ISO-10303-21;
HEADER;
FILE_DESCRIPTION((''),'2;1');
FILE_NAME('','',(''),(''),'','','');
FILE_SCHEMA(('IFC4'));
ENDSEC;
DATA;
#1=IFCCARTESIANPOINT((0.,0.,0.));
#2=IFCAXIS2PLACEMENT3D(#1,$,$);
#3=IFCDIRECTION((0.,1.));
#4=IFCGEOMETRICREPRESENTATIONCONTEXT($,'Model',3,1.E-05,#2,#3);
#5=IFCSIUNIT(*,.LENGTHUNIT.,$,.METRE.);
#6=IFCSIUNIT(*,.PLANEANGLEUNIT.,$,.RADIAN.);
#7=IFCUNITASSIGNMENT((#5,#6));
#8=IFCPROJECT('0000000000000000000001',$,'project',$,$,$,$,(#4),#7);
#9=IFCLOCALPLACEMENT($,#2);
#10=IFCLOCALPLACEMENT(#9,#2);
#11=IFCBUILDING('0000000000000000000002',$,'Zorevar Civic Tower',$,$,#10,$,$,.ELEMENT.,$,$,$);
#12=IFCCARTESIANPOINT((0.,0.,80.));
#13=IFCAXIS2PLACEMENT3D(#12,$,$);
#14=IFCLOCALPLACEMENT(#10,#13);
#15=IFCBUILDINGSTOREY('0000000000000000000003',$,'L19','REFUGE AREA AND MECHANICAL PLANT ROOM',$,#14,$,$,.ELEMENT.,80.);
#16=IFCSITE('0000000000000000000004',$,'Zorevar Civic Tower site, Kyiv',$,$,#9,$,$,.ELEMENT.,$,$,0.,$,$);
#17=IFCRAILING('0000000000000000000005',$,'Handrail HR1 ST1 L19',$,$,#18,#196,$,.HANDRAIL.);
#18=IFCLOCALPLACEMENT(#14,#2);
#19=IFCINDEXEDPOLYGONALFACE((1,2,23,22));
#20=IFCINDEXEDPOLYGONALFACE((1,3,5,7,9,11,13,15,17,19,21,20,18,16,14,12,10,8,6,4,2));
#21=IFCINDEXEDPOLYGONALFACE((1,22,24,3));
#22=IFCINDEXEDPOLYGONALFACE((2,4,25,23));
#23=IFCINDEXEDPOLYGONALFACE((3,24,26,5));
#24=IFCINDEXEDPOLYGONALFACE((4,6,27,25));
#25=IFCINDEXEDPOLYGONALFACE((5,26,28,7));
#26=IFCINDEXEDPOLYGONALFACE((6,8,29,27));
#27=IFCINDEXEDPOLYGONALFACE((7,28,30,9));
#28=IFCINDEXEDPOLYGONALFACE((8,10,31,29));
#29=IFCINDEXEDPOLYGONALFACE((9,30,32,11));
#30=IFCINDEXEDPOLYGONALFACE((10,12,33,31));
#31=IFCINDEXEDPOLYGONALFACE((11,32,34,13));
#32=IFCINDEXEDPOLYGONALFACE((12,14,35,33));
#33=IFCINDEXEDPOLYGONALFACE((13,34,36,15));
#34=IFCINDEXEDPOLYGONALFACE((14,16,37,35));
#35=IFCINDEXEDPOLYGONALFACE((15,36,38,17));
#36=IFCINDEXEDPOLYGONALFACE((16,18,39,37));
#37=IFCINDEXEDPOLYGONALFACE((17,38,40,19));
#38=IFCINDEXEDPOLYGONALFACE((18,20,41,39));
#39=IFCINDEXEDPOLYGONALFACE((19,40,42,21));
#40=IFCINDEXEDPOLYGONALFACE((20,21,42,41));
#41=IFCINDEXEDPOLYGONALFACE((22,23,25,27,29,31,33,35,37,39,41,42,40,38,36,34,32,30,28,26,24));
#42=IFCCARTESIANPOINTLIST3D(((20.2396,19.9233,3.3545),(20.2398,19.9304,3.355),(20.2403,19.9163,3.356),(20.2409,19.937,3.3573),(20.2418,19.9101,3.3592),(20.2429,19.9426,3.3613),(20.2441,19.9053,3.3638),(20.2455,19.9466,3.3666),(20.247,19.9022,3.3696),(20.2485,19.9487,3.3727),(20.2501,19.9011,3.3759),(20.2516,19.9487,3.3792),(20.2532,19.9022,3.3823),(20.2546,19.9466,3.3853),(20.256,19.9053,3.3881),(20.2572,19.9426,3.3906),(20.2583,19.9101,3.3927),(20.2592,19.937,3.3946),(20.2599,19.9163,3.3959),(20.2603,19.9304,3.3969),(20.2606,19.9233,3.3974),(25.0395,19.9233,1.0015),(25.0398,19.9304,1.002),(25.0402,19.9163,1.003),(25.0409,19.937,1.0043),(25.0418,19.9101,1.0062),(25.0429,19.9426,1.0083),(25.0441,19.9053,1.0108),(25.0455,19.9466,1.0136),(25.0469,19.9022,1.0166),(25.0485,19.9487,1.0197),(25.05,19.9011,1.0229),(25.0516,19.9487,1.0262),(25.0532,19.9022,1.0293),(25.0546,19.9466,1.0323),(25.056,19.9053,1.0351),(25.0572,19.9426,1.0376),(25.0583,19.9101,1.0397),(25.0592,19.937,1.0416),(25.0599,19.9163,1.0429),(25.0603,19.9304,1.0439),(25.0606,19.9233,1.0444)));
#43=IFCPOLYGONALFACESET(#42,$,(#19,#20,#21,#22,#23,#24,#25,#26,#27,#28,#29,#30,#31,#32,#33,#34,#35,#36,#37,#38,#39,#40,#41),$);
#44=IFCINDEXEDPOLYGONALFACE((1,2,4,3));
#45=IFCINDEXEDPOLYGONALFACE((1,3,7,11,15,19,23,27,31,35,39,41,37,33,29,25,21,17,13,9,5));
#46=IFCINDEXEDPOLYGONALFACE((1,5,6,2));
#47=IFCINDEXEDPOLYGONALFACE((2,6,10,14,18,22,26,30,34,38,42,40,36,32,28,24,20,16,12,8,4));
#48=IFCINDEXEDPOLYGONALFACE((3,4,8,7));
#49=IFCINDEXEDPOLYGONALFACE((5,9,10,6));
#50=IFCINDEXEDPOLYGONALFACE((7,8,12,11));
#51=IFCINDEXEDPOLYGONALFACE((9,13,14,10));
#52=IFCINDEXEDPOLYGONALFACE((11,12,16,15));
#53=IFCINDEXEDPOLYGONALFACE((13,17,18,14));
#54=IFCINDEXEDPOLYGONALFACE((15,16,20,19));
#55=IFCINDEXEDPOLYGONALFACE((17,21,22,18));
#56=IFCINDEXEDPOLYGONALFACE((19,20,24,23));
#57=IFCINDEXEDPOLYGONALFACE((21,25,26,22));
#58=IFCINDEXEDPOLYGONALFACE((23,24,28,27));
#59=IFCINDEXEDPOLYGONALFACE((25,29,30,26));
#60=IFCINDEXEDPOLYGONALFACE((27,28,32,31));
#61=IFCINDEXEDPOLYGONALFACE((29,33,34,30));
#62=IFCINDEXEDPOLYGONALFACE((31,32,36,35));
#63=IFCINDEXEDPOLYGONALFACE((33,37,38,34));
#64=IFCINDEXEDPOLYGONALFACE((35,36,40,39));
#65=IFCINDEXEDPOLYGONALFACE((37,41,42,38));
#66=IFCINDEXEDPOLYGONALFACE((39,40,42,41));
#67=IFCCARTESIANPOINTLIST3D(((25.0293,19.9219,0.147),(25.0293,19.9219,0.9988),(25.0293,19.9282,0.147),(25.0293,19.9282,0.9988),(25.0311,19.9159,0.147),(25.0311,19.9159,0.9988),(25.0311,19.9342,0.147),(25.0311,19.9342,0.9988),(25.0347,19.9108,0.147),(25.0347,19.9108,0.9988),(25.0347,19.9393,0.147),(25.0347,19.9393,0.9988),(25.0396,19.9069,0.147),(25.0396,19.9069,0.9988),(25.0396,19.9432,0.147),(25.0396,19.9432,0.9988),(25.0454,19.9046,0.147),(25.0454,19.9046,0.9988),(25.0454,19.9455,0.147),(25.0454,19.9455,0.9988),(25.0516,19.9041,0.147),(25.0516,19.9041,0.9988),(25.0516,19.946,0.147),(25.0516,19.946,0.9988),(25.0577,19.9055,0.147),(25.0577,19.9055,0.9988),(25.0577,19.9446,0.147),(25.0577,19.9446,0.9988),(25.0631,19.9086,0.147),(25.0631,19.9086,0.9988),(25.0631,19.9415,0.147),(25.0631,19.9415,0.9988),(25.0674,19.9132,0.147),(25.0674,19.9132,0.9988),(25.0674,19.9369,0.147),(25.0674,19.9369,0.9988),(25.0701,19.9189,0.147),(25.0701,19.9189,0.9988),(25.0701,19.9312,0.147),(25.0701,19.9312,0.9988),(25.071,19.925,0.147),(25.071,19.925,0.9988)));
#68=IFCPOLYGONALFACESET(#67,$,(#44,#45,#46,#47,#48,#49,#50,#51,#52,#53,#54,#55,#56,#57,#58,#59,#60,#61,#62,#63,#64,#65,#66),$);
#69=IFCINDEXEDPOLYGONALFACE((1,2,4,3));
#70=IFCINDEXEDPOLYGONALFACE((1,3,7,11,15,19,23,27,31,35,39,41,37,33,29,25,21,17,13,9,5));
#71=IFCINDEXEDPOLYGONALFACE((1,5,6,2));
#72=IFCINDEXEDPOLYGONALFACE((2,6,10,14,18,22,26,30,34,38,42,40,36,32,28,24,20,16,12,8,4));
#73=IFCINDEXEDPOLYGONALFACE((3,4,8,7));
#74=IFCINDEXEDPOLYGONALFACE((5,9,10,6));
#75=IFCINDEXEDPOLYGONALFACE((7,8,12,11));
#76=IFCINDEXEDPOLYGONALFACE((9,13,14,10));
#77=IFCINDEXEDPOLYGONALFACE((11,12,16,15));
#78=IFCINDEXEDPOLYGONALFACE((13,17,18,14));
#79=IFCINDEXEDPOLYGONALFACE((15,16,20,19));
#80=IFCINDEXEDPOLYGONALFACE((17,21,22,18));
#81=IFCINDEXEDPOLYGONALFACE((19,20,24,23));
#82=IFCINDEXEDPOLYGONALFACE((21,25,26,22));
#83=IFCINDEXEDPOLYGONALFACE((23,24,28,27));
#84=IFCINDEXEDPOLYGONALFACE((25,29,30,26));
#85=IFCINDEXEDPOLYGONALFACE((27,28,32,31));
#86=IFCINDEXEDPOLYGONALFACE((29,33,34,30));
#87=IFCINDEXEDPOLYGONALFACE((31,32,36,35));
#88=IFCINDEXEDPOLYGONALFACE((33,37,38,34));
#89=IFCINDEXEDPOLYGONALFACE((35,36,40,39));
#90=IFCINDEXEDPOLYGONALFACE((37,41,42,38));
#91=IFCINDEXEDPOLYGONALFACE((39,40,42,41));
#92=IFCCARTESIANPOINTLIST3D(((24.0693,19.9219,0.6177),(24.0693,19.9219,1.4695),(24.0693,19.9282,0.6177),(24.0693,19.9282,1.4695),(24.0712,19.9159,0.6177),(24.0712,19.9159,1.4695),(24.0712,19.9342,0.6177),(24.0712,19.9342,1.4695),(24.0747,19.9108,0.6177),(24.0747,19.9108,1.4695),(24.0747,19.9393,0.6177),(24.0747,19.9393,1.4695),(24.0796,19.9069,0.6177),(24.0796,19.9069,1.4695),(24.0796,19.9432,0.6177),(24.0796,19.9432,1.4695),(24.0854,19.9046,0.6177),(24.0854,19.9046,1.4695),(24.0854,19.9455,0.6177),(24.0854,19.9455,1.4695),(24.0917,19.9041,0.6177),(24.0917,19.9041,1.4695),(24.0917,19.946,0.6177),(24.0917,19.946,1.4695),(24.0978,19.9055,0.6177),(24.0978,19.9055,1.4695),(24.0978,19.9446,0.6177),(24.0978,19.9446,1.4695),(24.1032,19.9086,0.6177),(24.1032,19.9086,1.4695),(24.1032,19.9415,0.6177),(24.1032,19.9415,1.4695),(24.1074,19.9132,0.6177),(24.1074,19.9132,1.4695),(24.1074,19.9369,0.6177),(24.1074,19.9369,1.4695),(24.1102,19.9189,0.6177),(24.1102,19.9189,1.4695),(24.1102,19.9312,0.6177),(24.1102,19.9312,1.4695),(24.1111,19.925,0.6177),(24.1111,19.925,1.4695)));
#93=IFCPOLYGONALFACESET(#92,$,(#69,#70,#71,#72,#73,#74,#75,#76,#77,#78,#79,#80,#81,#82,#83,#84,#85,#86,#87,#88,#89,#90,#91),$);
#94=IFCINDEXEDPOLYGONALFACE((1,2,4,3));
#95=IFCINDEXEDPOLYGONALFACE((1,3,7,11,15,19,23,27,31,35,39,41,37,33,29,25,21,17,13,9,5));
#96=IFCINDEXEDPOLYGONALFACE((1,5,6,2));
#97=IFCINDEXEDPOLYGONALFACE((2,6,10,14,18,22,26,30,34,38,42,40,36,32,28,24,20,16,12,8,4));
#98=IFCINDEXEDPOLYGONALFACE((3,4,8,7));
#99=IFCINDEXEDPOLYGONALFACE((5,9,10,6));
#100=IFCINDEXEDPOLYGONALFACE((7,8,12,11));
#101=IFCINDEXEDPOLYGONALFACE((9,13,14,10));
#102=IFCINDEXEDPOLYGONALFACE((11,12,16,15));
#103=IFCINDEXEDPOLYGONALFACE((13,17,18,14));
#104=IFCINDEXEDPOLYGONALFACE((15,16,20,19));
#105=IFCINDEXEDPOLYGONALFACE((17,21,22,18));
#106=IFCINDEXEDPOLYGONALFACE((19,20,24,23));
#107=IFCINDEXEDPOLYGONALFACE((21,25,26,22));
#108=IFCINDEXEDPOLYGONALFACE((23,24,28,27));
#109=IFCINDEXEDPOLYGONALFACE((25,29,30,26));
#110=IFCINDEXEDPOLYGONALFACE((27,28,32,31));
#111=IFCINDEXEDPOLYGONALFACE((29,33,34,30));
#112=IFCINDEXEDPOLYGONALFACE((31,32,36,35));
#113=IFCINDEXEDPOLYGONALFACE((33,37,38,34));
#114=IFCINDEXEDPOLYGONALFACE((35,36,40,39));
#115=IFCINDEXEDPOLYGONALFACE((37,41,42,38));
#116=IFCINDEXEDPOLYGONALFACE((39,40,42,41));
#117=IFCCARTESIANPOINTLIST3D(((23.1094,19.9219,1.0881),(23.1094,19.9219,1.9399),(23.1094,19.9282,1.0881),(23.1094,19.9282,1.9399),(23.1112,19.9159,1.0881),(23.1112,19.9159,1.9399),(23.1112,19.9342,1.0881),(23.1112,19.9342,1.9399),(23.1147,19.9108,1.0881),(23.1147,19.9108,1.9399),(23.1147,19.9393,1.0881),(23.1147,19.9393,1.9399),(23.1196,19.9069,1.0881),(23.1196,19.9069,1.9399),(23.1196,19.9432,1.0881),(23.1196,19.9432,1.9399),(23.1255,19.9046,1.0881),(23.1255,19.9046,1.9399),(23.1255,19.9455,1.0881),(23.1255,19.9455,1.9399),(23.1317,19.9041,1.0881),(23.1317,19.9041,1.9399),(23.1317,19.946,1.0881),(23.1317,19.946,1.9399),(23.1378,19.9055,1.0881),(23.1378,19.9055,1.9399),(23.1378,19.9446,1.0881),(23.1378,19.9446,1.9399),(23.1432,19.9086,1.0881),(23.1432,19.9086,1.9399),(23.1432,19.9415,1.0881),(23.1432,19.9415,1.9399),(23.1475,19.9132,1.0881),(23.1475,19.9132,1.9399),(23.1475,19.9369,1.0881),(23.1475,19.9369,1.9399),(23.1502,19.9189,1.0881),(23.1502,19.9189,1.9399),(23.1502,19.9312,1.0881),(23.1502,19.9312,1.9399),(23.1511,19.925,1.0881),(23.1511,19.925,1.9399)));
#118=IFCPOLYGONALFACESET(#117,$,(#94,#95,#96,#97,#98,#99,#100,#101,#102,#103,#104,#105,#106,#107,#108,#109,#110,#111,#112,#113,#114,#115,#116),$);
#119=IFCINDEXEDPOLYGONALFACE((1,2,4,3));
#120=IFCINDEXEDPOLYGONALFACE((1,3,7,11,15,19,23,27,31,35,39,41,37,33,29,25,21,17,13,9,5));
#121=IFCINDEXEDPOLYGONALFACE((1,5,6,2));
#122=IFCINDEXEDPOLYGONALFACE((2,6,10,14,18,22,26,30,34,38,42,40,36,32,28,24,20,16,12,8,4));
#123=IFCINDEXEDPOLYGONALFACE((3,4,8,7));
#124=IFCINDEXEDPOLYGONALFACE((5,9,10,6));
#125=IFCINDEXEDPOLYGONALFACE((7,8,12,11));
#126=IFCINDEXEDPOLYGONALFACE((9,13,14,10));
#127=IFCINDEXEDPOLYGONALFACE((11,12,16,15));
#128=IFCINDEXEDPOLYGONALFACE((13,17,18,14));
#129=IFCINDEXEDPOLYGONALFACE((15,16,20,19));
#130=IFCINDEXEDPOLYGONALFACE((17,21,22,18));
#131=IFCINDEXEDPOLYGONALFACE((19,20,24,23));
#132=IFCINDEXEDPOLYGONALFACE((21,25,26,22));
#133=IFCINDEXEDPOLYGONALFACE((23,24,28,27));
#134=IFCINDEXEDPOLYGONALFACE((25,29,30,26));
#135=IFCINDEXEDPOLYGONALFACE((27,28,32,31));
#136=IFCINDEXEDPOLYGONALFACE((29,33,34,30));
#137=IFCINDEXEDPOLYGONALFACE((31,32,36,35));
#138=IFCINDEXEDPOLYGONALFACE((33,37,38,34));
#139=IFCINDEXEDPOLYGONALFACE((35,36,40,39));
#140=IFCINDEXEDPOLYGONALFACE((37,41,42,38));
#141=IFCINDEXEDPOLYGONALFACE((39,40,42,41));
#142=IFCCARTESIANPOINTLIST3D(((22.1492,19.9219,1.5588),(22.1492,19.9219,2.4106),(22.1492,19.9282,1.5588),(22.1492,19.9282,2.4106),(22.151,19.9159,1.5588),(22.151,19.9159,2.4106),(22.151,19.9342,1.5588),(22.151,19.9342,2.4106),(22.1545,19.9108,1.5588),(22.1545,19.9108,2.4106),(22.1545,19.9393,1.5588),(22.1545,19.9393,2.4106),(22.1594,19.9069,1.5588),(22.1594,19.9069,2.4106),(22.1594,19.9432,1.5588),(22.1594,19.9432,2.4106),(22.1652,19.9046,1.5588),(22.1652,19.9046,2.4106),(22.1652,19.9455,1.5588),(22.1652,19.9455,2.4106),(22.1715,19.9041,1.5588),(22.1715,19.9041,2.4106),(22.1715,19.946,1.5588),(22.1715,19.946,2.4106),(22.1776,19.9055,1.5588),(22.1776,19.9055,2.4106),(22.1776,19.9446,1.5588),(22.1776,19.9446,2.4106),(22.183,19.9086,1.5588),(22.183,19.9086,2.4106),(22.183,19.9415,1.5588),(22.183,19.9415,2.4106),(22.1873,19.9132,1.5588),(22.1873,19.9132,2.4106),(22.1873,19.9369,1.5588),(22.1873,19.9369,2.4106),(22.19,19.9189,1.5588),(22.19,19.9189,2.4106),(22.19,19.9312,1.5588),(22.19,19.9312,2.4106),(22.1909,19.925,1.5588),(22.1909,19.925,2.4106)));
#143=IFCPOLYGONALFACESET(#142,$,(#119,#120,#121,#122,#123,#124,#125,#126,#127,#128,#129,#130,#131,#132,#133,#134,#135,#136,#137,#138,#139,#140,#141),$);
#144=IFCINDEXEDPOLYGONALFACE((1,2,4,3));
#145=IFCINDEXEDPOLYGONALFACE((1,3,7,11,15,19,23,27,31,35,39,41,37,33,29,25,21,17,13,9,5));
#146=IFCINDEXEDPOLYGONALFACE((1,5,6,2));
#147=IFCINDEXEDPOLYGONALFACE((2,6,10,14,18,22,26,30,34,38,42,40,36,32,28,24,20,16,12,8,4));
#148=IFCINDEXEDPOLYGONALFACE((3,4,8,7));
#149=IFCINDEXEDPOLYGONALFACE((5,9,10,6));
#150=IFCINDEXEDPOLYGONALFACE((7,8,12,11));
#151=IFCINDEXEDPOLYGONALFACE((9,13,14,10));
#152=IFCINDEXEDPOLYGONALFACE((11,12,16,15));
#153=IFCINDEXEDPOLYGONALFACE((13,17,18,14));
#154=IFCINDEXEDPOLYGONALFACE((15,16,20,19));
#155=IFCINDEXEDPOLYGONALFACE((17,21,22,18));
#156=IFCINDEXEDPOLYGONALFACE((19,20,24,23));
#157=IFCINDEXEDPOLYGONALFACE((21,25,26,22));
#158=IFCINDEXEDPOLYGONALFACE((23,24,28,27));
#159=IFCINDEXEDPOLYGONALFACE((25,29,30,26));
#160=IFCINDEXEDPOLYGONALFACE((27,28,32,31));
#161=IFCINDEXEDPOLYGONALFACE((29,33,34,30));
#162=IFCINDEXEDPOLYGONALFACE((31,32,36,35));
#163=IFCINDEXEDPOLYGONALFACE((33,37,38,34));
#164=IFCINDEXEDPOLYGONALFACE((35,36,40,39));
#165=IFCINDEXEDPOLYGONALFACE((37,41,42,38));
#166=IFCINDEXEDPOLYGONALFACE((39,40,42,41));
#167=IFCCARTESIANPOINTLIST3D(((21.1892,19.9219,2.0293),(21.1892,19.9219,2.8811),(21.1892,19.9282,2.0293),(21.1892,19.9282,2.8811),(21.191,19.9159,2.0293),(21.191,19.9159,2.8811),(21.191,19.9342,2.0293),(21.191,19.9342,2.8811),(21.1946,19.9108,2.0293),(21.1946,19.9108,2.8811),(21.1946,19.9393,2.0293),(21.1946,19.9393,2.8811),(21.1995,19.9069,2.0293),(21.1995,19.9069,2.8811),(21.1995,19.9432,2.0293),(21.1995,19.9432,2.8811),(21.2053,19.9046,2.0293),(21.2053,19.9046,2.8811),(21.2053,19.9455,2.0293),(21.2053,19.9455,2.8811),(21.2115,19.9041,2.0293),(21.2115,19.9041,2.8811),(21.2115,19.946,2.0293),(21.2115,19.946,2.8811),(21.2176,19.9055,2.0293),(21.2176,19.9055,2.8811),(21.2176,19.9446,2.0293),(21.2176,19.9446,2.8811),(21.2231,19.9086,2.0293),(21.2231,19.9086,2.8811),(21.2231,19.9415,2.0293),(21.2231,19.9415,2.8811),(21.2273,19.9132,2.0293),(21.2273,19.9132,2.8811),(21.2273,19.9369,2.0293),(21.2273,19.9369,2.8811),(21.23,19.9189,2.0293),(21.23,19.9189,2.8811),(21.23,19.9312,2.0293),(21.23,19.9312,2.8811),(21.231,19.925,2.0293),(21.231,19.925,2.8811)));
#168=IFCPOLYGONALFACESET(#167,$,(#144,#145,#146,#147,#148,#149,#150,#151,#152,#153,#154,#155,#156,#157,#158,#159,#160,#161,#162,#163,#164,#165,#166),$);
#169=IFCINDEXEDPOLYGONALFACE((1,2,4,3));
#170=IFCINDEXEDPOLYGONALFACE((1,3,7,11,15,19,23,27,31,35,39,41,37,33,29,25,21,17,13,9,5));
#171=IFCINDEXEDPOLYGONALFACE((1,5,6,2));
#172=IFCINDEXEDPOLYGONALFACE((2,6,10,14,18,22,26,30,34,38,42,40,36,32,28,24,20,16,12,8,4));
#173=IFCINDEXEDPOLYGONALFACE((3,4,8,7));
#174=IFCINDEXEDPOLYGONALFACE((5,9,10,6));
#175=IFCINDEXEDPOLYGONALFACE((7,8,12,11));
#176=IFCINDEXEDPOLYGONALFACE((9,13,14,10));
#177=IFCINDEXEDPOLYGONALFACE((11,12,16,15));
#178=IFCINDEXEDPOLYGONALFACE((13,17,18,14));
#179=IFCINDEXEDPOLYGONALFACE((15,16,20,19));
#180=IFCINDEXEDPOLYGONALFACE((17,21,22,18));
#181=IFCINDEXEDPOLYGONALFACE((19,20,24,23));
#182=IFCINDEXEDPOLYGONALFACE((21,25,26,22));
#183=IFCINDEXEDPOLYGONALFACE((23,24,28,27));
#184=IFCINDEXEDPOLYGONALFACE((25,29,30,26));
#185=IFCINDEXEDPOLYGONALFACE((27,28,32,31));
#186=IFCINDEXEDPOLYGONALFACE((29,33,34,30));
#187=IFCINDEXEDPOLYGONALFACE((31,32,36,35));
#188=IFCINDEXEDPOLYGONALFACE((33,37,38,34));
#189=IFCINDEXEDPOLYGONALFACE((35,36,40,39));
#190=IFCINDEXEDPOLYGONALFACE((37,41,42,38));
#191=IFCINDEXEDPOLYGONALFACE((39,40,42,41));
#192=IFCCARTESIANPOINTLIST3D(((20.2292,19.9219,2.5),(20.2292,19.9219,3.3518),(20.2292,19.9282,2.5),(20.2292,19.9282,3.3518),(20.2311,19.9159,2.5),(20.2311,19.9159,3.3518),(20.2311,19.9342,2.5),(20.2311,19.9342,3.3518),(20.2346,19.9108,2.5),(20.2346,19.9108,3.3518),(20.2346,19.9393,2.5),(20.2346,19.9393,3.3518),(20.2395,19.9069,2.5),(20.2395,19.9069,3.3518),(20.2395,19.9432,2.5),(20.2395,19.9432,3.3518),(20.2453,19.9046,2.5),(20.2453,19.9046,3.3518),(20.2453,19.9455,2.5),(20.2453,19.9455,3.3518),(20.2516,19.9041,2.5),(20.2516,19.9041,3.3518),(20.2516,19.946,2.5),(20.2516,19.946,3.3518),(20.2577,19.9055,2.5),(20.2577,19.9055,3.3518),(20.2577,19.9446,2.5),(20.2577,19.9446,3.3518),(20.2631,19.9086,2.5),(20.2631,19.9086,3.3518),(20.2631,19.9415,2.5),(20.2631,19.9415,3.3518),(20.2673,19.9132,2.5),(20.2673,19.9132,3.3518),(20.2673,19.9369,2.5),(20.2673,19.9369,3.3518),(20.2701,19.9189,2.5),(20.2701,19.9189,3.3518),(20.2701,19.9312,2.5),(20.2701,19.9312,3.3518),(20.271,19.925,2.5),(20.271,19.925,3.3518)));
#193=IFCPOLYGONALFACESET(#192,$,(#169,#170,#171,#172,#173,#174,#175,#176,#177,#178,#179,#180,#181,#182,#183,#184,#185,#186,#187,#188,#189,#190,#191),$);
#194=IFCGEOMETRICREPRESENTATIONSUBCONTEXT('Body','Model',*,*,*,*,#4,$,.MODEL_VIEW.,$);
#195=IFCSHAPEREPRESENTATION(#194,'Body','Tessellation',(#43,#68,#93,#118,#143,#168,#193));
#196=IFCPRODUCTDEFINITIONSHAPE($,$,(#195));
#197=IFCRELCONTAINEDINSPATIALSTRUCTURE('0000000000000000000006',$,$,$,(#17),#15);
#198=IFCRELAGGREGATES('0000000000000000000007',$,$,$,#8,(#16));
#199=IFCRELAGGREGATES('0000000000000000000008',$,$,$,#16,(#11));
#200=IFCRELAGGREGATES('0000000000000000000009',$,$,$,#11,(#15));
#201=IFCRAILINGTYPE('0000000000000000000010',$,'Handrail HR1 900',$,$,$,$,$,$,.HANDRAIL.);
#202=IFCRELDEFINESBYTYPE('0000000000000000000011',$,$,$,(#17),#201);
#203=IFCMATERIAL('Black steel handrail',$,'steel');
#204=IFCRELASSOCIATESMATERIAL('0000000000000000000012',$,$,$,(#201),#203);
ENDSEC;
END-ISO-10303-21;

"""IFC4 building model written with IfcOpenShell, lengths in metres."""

from ifc_helpers import new_model, si_unit, direction, frame, origin, origin_2d, place, context, subcontext, project, spatial, circle, extrude, material, type_object, element, save


model = new_model("IFC4")

# Units and contexts
model_context = context("Model", 3, precision=1e-05, world=origin(), true_north=direction((0.0, 1.0)))
body_context = subcontext(model_context, "Body", "Model", "MODEL_VIEW")
ifc_project = project(units=[si_unit("LENGTHUNIT", "METRE"), si_unit("PLANEANGLEUNIT", "RADIAN")], contexts=[model_context])

# Site, building, storey
site_placement = place(None, origin())
site = spatial("IfcSite", under=ifc_project, at=site_placement, Name="Zorevar Civic Tower site, Kyiv", CompositionType="ELEMENT", RefElevation=0.0)
building_placement = place(site_placement, origin())
building = spatial("IfcBuilding", under=site, at=building_placement, Name="Zorevar Civic Tower", CompositionType="ELEMENT")
storey_placement = place(building_placement, frame((0.0, 0.0, 80.0)))
storey = spatial("IfcBuildingStorey", under=building, at=storey_placement, Name="L19", Description="REFUGE AREA AND MECHANICAL PLANT ROOM", CompositionType="ELEMENT", Elevation=80.0)

# Railing
ifc_material_1 = material(Name="Black steel handrail", Category="steel")
railing_type = type_object("IfcRailingType", Name="Handrail HR1 900", PredefinedType="HANDRAIL", material=ifc_material_1)
railing_1_placement = place(storey_placement, frame((25.05, 19.925, 0.147)))
element("IfcRailing", 1, at=railing_1_placement, inside=storey, type_object=railing_type, Name="Handrail HR1 ST1 L19", PredefinedType="HANDRAIL", context=body_context, shape_type="SweptSolid", body=[
    extrude(circle(Radius=0.0239, at=origin_2d()), frame((0.0, 0.0, 0.876), z_axis=(-0.897916, 0.0, 0.440167), x_axis=(0.0, -1.0, 0.0)), (0.0, 0.0, 1.0), 5.3457),
    extrude(circle(Radius=0.021, at=origin_2d()), origin(), (0.0, 0.0, 1.0), 0.8518),
    extrude(circle(Radius=0.021, at=origin_2d()), frame((-0.96, 0.0, 0.4707)), (0.0, 0.0, 1.0), 0.8518),
    extrude(circle(Radius=0.021, at=origin_2d()), frame((-1.9199, 0.0, 0.9412)), (0.0, 0.0, 1.0), 0.8518),
    extrude(circle(Radius=0.021, at=origin_2d()), frame((-2.8801, 0.0, 1.4119)), (0.0, 0.0, 1.0), 0.8518),
    extrude(circle(Radius=0.021, at=origin_2d()), frame((-3.8401, 0.0, 1.8823)), (0.0, 0.0, 1.0), 0.8518),
    extrude(circle(Radius=0.021, at=origin_2d()), frame((-4.8, 0.0, 2.353)), (0.0, 0.0, 1.0), 0.8518),
])

save(model, "model.ifc")
